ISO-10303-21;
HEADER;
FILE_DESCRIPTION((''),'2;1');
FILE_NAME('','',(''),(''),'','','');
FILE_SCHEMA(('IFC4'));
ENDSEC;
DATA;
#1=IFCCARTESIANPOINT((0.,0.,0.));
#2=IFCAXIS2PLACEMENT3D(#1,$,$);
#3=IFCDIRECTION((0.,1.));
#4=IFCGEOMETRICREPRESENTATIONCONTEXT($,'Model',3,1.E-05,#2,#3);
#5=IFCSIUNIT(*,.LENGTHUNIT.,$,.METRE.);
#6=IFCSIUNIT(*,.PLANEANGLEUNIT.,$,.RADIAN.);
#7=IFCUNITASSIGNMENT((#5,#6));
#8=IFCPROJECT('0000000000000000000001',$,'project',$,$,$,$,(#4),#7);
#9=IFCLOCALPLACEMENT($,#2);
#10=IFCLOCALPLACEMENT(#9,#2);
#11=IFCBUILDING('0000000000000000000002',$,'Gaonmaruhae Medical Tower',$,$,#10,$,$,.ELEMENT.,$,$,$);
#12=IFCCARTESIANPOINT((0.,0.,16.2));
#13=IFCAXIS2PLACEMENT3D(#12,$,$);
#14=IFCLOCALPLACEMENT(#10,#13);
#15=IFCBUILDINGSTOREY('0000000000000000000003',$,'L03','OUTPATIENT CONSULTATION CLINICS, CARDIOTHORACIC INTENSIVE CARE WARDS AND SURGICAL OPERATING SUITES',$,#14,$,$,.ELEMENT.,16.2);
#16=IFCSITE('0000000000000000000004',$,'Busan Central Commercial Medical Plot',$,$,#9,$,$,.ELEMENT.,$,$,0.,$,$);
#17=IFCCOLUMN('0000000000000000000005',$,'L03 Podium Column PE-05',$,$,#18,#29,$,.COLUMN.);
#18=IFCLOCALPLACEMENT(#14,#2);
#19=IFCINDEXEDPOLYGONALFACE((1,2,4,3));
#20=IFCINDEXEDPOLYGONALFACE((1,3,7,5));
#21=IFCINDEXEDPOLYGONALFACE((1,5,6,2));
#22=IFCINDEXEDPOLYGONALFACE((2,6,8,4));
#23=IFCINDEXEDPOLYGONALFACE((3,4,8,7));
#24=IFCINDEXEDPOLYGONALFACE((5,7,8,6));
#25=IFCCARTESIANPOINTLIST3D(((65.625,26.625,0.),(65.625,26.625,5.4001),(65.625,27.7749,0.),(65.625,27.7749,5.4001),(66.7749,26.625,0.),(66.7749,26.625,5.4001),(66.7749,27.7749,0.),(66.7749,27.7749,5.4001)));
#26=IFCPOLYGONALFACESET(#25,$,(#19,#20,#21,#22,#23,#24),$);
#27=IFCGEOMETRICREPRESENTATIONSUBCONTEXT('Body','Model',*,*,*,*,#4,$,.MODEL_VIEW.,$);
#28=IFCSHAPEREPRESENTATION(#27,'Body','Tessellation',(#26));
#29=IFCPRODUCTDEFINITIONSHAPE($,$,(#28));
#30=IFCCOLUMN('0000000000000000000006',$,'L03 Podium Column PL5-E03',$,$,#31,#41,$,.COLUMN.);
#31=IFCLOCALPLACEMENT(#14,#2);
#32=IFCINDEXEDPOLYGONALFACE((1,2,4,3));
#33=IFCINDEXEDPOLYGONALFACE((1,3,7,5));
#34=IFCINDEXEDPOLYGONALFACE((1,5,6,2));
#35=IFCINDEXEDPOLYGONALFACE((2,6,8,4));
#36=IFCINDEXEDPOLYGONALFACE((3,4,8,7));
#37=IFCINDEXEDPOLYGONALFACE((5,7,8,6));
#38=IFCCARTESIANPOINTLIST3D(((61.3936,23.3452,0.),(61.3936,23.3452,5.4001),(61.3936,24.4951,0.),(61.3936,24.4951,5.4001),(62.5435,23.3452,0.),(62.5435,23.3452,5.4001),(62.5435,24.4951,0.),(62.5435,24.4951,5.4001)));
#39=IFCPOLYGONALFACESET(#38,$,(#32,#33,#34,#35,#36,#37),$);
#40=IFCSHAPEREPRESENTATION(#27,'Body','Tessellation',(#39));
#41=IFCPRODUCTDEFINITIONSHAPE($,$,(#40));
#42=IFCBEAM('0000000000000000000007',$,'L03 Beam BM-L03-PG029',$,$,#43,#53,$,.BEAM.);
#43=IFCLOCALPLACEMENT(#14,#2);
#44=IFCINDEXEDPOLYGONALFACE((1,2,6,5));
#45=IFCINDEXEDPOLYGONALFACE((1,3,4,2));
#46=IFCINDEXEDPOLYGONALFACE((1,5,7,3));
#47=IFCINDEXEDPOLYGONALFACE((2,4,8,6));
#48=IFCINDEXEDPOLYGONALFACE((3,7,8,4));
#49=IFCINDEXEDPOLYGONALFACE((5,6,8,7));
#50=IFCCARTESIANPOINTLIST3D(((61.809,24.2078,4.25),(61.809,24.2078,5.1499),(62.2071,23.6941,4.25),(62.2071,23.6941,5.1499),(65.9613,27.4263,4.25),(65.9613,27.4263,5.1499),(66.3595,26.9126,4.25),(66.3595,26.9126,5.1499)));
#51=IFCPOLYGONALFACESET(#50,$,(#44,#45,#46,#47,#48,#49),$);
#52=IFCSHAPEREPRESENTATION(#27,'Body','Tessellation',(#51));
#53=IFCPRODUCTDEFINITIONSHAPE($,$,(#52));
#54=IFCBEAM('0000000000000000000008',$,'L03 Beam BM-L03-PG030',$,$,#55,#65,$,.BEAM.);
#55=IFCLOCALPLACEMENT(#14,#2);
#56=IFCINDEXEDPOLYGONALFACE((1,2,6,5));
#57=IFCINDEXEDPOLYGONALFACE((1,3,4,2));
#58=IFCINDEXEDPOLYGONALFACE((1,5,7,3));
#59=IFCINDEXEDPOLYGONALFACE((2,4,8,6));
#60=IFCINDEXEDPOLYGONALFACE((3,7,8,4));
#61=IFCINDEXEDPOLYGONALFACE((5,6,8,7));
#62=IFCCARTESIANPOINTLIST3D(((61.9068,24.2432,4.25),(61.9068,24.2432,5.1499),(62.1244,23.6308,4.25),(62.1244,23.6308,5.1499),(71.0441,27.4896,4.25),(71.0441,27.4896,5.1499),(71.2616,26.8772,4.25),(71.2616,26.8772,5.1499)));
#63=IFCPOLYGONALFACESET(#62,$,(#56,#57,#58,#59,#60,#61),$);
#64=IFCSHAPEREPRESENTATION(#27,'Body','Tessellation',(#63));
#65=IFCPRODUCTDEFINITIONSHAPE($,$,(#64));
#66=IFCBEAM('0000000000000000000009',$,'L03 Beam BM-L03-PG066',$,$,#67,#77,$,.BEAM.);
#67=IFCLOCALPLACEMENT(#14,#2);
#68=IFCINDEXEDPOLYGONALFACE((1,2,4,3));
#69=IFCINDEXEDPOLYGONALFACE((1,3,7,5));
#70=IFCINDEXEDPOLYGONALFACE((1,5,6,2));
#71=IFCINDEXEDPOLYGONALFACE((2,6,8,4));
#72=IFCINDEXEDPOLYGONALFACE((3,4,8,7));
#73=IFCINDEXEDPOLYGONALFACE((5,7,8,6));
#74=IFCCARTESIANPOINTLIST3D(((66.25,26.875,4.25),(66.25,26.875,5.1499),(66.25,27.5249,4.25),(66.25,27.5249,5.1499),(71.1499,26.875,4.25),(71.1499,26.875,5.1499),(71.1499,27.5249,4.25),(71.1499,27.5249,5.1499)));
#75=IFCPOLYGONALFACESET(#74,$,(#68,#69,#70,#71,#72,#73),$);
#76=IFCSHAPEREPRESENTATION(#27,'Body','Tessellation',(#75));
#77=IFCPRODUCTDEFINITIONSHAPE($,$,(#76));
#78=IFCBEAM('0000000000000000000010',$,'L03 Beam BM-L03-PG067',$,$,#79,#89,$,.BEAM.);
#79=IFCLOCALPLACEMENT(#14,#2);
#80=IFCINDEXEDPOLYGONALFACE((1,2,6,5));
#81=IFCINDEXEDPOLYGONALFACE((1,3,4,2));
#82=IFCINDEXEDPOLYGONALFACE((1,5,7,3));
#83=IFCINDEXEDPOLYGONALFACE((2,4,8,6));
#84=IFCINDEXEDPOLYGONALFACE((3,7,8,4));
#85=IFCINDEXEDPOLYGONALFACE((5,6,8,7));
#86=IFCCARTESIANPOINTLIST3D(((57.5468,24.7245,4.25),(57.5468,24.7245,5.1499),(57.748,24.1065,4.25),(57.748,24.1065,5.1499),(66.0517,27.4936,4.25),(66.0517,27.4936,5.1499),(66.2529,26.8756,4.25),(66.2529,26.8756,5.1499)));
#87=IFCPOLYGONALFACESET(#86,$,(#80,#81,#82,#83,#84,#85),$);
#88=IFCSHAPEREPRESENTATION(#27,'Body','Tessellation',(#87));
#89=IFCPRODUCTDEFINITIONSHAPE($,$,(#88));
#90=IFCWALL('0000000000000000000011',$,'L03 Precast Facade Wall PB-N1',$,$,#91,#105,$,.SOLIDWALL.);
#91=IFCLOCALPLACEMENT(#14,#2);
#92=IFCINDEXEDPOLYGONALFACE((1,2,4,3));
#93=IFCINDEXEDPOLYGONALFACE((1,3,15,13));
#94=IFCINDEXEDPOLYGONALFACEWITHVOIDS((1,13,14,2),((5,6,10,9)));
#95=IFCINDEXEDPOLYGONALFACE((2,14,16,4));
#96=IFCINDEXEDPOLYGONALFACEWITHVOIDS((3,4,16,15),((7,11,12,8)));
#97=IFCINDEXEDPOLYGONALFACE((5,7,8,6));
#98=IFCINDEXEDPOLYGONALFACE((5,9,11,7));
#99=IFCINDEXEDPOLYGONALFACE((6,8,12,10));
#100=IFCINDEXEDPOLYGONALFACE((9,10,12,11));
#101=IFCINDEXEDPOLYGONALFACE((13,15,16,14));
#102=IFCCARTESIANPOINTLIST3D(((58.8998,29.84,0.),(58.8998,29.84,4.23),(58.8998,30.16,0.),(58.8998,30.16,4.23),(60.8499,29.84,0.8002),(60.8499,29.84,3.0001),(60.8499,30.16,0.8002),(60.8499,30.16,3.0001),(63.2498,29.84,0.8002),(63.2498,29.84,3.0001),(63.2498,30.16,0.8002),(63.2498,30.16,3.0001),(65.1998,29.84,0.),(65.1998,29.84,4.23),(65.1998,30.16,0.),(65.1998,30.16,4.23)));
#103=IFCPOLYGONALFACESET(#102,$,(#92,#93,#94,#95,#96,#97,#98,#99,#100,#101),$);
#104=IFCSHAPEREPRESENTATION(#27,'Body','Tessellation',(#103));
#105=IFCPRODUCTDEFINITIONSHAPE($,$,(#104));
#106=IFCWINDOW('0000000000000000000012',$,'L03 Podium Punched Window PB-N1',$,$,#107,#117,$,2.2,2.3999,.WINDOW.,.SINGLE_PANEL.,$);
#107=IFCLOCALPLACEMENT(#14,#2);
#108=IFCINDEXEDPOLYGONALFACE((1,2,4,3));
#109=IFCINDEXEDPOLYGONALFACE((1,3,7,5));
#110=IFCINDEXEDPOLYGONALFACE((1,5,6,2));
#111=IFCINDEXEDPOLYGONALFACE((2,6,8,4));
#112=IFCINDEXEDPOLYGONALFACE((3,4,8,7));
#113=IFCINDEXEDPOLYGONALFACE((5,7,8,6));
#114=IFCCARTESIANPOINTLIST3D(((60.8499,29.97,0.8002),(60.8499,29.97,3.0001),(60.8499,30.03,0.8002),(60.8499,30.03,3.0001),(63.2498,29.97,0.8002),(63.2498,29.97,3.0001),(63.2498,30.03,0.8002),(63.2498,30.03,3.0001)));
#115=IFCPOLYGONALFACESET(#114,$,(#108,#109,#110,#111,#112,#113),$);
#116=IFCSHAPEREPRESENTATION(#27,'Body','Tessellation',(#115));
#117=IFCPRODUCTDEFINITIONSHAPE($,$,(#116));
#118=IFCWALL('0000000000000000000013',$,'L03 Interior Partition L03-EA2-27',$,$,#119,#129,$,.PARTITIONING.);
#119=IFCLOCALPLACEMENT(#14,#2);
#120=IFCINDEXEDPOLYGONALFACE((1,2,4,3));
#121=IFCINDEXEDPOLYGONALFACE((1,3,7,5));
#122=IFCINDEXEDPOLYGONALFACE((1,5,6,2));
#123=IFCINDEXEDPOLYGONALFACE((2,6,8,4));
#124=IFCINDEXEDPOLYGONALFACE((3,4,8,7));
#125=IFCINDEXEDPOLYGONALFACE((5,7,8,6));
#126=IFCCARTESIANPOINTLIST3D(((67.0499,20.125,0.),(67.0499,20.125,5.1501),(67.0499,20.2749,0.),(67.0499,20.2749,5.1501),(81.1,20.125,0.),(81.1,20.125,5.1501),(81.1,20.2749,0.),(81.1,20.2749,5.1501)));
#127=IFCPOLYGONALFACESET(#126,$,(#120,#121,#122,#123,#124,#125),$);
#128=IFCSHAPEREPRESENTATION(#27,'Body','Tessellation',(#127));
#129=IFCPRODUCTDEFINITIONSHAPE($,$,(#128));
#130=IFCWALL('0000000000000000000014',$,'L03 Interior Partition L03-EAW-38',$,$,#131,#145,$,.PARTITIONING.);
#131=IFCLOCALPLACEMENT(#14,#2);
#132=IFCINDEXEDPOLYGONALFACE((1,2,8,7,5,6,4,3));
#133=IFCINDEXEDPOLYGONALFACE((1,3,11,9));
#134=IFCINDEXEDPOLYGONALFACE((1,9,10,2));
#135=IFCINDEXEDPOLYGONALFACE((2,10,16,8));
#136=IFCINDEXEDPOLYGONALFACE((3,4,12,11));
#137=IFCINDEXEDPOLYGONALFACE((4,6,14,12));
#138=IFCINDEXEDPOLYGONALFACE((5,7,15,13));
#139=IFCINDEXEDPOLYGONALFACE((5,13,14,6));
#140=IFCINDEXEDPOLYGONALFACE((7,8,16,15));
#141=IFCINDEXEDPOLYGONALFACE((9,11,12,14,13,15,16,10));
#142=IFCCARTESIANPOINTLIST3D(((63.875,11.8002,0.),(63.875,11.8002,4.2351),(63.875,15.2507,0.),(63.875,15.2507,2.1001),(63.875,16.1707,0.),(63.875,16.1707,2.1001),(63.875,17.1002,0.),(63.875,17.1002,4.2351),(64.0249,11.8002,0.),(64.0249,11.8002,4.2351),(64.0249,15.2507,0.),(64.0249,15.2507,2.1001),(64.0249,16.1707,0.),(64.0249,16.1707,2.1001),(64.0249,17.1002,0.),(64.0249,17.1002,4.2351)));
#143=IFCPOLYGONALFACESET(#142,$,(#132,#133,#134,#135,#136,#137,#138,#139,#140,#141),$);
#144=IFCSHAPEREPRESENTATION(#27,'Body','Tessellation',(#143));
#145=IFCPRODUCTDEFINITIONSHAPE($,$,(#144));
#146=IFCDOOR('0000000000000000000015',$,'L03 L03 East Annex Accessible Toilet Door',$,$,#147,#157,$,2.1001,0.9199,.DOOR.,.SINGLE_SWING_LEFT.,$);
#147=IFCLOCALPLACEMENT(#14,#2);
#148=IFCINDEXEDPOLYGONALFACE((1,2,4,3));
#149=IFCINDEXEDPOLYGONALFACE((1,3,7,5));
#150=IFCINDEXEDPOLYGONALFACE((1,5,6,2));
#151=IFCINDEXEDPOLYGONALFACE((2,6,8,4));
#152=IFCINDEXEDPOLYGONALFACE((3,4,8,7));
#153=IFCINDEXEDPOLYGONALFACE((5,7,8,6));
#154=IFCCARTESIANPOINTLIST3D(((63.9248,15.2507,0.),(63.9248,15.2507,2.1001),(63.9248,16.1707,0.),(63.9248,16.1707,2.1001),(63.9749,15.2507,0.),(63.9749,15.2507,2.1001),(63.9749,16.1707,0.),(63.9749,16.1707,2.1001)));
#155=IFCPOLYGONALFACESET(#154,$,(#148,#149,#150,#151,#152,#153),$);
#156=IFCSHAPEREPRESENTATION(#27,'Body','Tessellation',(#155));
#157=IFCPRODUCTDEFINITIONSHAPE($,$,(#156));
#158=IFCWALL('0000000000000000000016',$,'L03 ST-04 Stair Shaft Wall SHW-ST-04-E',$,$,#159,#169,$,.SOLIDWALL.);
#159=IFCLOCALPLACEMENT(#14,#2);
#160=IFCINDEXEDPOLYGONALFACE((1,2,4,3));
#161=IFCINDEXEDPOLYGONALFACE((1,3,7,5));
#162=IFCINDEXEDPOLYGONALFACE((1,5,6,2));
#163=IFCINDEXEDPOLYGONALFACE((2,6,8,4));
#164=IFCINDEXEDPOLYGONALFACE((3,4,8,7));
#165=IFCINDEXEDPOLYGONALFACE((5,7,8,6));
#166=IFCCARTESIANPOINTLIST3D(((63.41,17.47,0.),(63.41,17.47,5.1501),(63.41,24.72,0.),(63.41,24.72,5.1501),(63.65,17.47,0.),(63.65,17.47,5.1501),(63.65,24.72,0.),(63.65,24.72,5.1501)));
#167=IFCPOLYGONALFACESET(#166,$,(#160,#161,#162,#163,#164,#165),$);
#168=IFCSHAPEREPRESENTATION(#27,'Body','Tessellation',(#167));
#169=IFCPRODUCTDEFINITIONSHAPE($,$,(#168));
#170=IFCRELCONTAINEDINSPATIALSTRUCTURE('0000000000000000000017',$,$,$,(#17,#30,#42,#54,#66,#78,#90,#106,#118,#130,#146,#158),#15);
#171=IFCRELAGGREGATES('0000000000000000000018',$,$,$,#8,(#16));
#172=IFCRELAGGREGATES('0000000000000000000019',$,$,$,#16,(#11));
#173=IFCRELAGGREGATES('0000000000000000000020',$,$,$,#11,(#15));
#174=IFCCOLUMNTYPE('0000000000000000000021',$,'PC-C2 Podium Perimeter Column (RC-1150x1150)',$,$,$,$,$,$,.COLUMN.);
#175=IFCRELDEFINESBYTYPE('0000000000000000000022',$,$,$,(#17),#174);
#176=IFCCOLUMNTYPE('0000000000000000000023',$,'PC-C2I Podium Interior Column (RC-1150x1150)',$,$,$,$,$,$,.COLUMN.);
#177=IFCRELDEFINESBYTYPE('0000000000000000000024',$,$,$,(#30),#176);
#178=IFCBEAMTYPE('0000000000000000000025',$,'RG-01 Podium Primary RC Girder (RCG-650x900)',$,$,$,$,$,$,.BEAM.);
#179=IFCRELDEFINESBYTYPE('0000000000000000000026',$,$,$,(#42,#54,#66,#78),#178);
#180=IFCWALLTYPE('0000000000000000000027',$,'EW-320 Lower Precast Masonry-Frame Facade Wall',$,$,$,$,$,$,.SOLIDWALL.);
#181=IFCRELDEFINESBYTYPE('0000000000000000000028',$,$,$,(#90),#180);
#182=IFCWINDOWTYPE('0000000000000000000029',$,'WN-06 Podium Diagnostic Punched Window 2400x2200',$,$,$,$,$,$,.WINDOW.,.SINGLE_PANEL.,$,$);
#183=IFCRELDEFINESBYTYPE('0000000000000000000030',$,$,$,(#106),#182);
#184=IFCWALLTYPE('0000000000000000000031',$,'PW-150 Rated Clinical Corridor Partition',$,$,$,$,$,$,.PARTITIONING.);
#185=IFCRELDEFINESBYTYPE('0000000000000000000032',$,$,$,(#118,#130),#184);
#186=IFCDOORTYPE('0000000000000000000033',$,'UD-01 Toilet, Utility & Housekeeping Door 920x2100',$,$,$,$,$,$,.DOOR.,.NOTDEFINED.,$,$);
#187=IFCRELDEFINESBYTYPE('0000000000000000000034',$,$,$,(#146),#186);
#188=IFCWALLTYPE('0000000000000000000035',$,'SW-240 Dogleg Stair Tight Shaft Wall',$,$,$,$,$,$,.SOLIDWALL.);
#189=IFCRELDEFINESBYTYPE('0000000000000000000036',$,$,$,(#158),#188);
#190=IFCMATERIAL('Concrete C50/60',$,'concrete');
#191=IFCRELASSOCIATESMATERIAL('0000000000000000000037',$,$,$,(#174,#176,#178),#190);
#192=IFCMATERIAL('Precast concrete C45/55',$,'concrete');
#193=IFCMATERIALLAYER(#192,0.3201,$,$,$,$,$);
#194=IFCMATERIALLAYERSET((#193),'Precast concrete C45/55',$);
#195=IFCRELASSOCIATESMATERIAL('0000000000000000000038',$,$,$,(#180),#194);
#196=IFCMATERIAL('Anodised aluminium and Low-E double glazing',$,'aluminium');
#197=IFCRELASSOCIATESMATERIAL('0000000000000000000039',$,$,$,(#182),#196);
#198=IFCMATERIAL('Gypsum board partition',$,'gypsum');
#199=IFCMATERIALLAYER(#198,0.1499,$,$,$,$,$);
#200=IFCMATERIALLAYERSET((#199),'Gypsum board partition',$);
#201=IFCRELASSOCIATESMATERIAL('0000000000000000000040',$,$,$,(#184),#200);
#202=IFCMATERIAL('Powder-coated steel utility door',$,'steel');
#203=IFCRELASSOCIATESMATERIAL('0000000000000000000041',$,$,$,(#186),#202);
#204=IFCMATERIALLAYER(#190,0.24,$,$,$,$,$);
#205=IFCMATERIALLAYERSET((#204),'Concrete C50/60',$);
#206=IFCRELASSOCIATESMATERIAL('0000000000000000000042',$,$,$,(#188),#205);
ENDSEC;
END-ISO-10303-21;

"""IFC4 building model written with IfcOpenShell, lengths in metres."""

from ifc_helpers import new_model, si_unit, direction, frame, frame_2d, origin, origin_2d, place, context, subcontext, project, spatial, rectangle, extrude, material, layer, layer_set, material_profile, profile_set, type_object, element, fill, save


model = new_model("IFC4")

# Units and contexts
model_context = context("Model", 3, precision=1e-05, world=origin(), true_north=direction((0.0, 1.0)))
body_context = subcontext(model_context, "Body", "Model", "MODEL_VIEW")
ifc_project = project(units=[si_unit("LENGTHUNIT", "METRE"), si_unit("PLANEANGLEUNIT", "RADIAN")], contexts=[model_context])

# Site, building, storey
site_placement = place(None, origin())
site = spatial("IfcSite", under=ifc_project, at=site_placement, Name="Busan Central Commercial Medical Plot", CompositionType="ELEMENT", RefElevation=0.0)
building_placement = place(site_placement, origin())
building = spatial("IfcBuilding", under=site, at=building_placement, Name="Gaonmaruhae Medical Tower", CompositionType="ELEMENT")
storey_placement = place(building_placement, frame((0.0, 0.0, 16.2)))
storey = spatial("IfcBuildingStorey", under=building, at=storey_placement, Name="L03", Description="OUTPATIENT CONSULTATION CLINICS, CARDIOTHORACIC INTENSIVE CARE WARDS AND SURGICAL OPERATING SUITES", CompositionType="ELEMENT", Elevation=16.2)

# Columns
ifc_material_1 = material(Name="Concrete C50/60", Category="concrete")
ifc_material_profile_1 = material_profile(ifc_material_1, rectangle(XDim=1.1499, YDim=1.1499, at=origin_2d()), Name="RC-1150x1150")
ifc_profile_set_1 = profile_set([ifc_material_profile_1], Name="Concrete C50/60")
column_type_1 = type_object("IfcColumnType", Name="PC-C2 Podium Perimeter Column (RC-1150x1150)", PredefinedType="COLUMN", material=ifc_profile_set_1)
column_1_placement = place(storey_placement, frame((66.2, 27.2, 0.0), z_axis=(0.0, 0.0, 1.0), x_axis=(1.0, 0.0, 0.0)))
element("IfcColumn", 1, at=column_1_placement, inside=storey, type_object=column_type_1, Name="L03 Podium Column PE-05", PredefinedType="COLUMN", context=body_context, shape_type="SweptSolid", body=[
    extrude(rectangle(XDim=1.1499, YDim=1.1499, at=origin_2d()), origin(), (0.0, 0.0, 1.0), 5.4001),
])
ifc_material_profile_2 = material_profile(ifc_material_1, rectangle(XDim=1.1499, YDim=1.1499, at=origin_2d()), Name="RC-1150x1150")
ifc_profile_set_2 = profile_set([ifc_material_profile_2], Name="Concrete C50/60")
column_type_2 = type_object("IfcColumnType", Name="PC-C2I Podium Interior Column (RC-1150x1150)", PredefinedType="COLUMN", material=ifc_profile_set_2)
column_2_placement = place(storey_placement, frame((61.9685, 23.9202, 0.0), z_axis=(0.0, 0.0, 1.0), x_axis=(1.0, 0.0, 0.0)))
element("IfcColumn", 2, at=column_2_placement, inside=storey, type_object=column_type_2, Name="L03 Podium Column PL5-E03", PredefinedType="COLUMN", context=body_context, shape_type="SweptSolid", body=[
    extrude(rectangle(XDim=1.1499, YDim=1.1499, at=origin_2d()), origin(), (0.0, 0.0, 1.0), 5.4001),
])

# Beams
ifc_material_profile_3 = material_profile(ifc_material_1, rectangle(XDim=0.6499, YDim=0.8999, at=origin_2d()), Name="RCG-650x900")
ifc_profile_set_3 = profile_set([ifc_material_profile_3], Name="Concrete C50/60")
beam_type = type_object("IfcBeamType", Name="RG-01 Podium Primary RC Girder (RCG-650x900)", PredefinedType="BEAM", material=ifc_profile_set_3)
beam_1_placement = place(storey_placement, frame((62.0081, 23.9509, 4.7), z_axis=(0.790375, 0.612624, 0.0), x_axis=(-0.612624, 0.790375, 0.0)))
element("IfcBeam", 3, at=beam_1_placement, inside=storey, type_object=beam_type, Name="L03 Beam BM-L03-PG029", PredefinedType="BEAM", context=body_context, shape_type="SweptSolid", body=[
    extrude(rectangle(XDim=0.6499, YDim=0.8999, at=origin_2d()), origin(), (0.0, 0.0, 1.0), 5.2537),
])
beam_2_placement = place(storey_placement, frame((62.0156, 23.937, 4.7), z_axis=(0.942294, 0.334786, 0.0), x_axis=(-0.334786, 0.942294, 0.0)))
element("IfcBeam", 4, at=beam_2_placement, inside=storey, type_object=beam_type, Name="L03 Beam BM-L03-PG030", PredefinedType="BEAM", context=body_context, shape_type="SweptSolid", body=[
    extrude(rectangle(XDim=0.6499, YDim=0.8999, at=origin_2d()), origin(), (0.0, 0.0, 1.0), 9.6968),
])
beam_3_placement = place(storey_placement, frame((66.25, 27.2, 4.7), z_axis=(1.0, 0.0, 0.0), x_axis=(0.0, 1.0, 0.0)))
element("IfcBeam", 5, at=beam_3_placement, inside=storey, type_object=beam_type, Name="L03 Beam BM-L03-PG066", PredefinedType="BEAM", context=body_context, shape_type="SweptSolid", body=[
    extrude(rectangle(XDim=0.6499, YDim=0.8999, at=origin_2d()), origin(), (0.0, 0.0, 1.0), 4.8999),
])
beam_4_placement = place(storey_placement, frame((66.1523, 27.1846, 4.7), z_axis=(-0.950871, -0.309587, 0.0), x_axis=(0.309587, -0.950871, 0.0)))
element("IfcBeam", 6, at=beam_4_placement, inside=storey, type_object=beam_type, Name="L03 Beam BM-L03-PG067", PredefinedType="BEAM", context=body_context, shape_type="SweptSolid", body=[
    extrude(rectangle(XDim=0.6499, YDim=0.8999, at=origin_2d()), origin(), (0.0, 0.0, 1.0), 8.9443),
])

# Wall, opening, window
ifc_material_2 = material(Name="Precast concrete C45/55", Category="concrete")
ifc_layer_1 = layer(ifc_material_2, 0.3201)
ifc_layer_set_1 = layer_set([ifc_layer_1], Name="Precast concrete C45/55")
wall_type_1 = type_object("IfcWallType", Name="EW-320 Lower Precast Masonry-Frame Facade Wall", PredefinedType="SOLIDWALL", material=ifc_layer_set_1)
wall_1_placement = place(storey_placement, frame((58.8999, 30.0, 0.0), z_axis=(0.0, 0.0, 1.0), x_axis=(1.0, 0.0, 0.0)))
wall_1 = element("IfcWall", 7, at=wall_1_placement, inside=storey, type_object=wall_type_1, Name="L03 Precast Facade Wall PB-N1", PredefinedType="SOLIDWALL", context=body_context, shape_type="SweptSolid", body=[
    extrude(rectangle(XDim=6.3, YDim=0.3201, at=frame_2d((3.1499, 0.0))), origin(), (0.0, 0.0, 1.0), 4.23),
])
opening_1_placement = place(wall_1_placement, frame((1.95, 0.0, 0.8)))
opening_1 = element("IfcOpeningElement", 8, at=opening_1_placement, cuts=wall_1, PredefinedType="OPENING", context=body_context, shape_type="SweptSolid", body=[
    extrude(rectangle(XDim=2.3999, YDim=2.2, at=frame_2d((1.2, 1.1001))), frame((0.0, 0.1699, 0.0), z_axis=(0.0, -1.0, 0.0), x_axis=(1.0, 0.0, 0.0)), (0.0, 0.0, 1.0), 0.3401),
])
ifc_material_3 = material(Name="Anodised aluminium and Low-E double glazing", Category="aluminium")
window_type = type_object("IfcWindowType", Name="WN-06 Podium Diagnostic Punched Window 2400x2200", PartitioningType="SINGLE_PANEL", PredefinedType="WINDOW", material=ifc_material_3)
window_placement = place(opening_1_placement, origin())
window = element("IfcWindow", 9, at=window_placement, inside=storey, type_object=window_type, Name="L03 Podium Punched Window PB-N1", OverallHeight=2.2, OverallWidth=2.3999, PartitioningType="SINGLE_PANEL", PredefinedType="WINDOW", context=body_context, shape_type="SweptSolid", body=[
    extrude(rectangle(XDim=2.3999, YDim=2.2, at=frame_2d((1.2, 1.1001))), frame((0.0, 0.03, 0.0), z_axis=(0.0, -1.0, 0.0), x_axis=(1.0, 0.0, 0.0)), (0.0, 0.0, 1.0), 0.0601),
])
fill(opening_1, window)

# Wall
ifc_material_4 = material(Name="Gypsum board partition", Category="gypsum")
ifc_layer_2 = layer(ifc_material_4, 0.1499)
ifc_layer_set_2 = layer_set([ifc_layer_2], Name="Gypsum board partition")
wall_type_2 = type_object("IfcWallType", Name="PW-150 Rated Clinical Corridor Partition", PredefinedType="PARTITIONING", material=ifc_layer_set_2)
wall_2_placement = place(storey_placement, frame((67.05, 20.2, 0.0), z_axis=(0.0, 0.0, 1.0), x_axis=(1.0, 0.0, 0.0)))
element("IfcWall", 10, at=wall_2_placement, inside=storey, type_object=wall_type_2, Name="L03 Interior Partition L03-EA2-27", PredefinedType="PARTITIONING", context=body_context, shape_type="SweptSolid", body=[
    extrude(rectangle(XDim=14.05, YDim=0.1499, at=frame_2d((7.0249, 0.0))), origin(), (0.0, 0.0, 1.0), 5.1501),
])

# Wall, opening, door
wall_3_placement = place(storey_placement, frame((63.95, 17.1001, 0.0), z_axis=(0.0, 0.0, 1.0), x_axis=(0.0, -1.0, 0.0)))
wall_3 = element("IfcWall", 11, at=wall_3_placement, inside=storey, type_object=wall_type_2, Name="L03 Interior Partition L03-EAW-38", PredefinedType="PARTITIONING", context=body_context, shape_type="SweptSolid", body=[
    extrude(rectangle(XDim=5.3, YDim=0.1499, at=frame_2d((2.6499, 0.0))), origin(), (0.0, 0.0, 1.0), 4.2351),
])
opening_2_placement = place(wall_3_placement, frame((0.9294, 0.0, 0.0)))
opening_2 = element("IfcOpeningElement", 12, at=opening_2_placement, cuts=wall_3, PredefinedType="OPENING", context=body_context, shape_type="SweptSolid", body=[
    extrude(rectangle(XDim=0.9199, YDim=2.1001, at=frame_2d((0.46, 1.05))), frame((0.0, 0.085, 0.0), z_axis=(0.0, -1.0, 0.0), x_axis=(1.0, 0.0, 0.0)), (0.0, 0.0, 1.0), 0.1699),
])
ifc_material_5 = material(Name="Powder-coated steel utility door", Category="steel")
door_type_1 = type_object("IfcDoorType", Name="UD-01 Toilet, Utility & Housekeeping Door 920x2100", OperationType="NOTDEFINED", PredefinedType="DOOR", material=ifc_material_5)
door_1_placement = place(opening_2_placement, origin())
door_1 = element("IfcDoor", 13, at=door_1_placement, inside=storey, type_object=door_type_1, Name="L03 L03 East Annex Accessible Toilet Door", OperationType="SINGLE_SWING_LEFT", OverallHeight=2.1001, OverallWidth=0.9199, PredefinedType="DOOR", context=body_context, shape_type="SweptSolid", body=[
    extrude(rectangle(XDim=0.9199, YDim=2.1001, at=frame_2d((0.46, 1.05))), frame((0.0, 0.0249, 0.0), z_axis=(0.0, -1.0, 0.0), x_axis=(1.0, 0.0, 0.0)), (0.0, 0.0, 1.0), 0.05),
])
fill(opening_2, door_1)
ifc_layer_3 = layer(ifc_material_1, 0.24)
ifc_layer_set_3 = layer_set([ifc_layer_3], Name="Concrete C50/60")
wall_type_3 = type_object("IfcWallType", Name="SW-240 Dogleg Stair Tight Shaft Wall", PredefinedType="SOLIDWALL", material=ifc_layer_set_3)

# Wall
wall_4_placement = place(storey_placement, frame((63.53, 24.72, 0.0), z_axis=(0.0, 0.0, 1.0), x_axis=(0.0, -1.0, 0.0)))
element("IfcWall", 14, at=wall_4_placement, inside=storey, type_object=wall_type_3, Name="L03 ST-04 Stair Shaft Wall SHW-ST-04-E", PredefinedType="SOLIDWALL", context=body_context, shape_type="SweptSolid", body=[
    extrude(rectangle(XDim=7.25, YDim=0.24, at=frame_2d((3.625, 0.0))), origin(), (0.0, 0.0, 1.0), 5.1501),
])

save(model, "model.ifc")
